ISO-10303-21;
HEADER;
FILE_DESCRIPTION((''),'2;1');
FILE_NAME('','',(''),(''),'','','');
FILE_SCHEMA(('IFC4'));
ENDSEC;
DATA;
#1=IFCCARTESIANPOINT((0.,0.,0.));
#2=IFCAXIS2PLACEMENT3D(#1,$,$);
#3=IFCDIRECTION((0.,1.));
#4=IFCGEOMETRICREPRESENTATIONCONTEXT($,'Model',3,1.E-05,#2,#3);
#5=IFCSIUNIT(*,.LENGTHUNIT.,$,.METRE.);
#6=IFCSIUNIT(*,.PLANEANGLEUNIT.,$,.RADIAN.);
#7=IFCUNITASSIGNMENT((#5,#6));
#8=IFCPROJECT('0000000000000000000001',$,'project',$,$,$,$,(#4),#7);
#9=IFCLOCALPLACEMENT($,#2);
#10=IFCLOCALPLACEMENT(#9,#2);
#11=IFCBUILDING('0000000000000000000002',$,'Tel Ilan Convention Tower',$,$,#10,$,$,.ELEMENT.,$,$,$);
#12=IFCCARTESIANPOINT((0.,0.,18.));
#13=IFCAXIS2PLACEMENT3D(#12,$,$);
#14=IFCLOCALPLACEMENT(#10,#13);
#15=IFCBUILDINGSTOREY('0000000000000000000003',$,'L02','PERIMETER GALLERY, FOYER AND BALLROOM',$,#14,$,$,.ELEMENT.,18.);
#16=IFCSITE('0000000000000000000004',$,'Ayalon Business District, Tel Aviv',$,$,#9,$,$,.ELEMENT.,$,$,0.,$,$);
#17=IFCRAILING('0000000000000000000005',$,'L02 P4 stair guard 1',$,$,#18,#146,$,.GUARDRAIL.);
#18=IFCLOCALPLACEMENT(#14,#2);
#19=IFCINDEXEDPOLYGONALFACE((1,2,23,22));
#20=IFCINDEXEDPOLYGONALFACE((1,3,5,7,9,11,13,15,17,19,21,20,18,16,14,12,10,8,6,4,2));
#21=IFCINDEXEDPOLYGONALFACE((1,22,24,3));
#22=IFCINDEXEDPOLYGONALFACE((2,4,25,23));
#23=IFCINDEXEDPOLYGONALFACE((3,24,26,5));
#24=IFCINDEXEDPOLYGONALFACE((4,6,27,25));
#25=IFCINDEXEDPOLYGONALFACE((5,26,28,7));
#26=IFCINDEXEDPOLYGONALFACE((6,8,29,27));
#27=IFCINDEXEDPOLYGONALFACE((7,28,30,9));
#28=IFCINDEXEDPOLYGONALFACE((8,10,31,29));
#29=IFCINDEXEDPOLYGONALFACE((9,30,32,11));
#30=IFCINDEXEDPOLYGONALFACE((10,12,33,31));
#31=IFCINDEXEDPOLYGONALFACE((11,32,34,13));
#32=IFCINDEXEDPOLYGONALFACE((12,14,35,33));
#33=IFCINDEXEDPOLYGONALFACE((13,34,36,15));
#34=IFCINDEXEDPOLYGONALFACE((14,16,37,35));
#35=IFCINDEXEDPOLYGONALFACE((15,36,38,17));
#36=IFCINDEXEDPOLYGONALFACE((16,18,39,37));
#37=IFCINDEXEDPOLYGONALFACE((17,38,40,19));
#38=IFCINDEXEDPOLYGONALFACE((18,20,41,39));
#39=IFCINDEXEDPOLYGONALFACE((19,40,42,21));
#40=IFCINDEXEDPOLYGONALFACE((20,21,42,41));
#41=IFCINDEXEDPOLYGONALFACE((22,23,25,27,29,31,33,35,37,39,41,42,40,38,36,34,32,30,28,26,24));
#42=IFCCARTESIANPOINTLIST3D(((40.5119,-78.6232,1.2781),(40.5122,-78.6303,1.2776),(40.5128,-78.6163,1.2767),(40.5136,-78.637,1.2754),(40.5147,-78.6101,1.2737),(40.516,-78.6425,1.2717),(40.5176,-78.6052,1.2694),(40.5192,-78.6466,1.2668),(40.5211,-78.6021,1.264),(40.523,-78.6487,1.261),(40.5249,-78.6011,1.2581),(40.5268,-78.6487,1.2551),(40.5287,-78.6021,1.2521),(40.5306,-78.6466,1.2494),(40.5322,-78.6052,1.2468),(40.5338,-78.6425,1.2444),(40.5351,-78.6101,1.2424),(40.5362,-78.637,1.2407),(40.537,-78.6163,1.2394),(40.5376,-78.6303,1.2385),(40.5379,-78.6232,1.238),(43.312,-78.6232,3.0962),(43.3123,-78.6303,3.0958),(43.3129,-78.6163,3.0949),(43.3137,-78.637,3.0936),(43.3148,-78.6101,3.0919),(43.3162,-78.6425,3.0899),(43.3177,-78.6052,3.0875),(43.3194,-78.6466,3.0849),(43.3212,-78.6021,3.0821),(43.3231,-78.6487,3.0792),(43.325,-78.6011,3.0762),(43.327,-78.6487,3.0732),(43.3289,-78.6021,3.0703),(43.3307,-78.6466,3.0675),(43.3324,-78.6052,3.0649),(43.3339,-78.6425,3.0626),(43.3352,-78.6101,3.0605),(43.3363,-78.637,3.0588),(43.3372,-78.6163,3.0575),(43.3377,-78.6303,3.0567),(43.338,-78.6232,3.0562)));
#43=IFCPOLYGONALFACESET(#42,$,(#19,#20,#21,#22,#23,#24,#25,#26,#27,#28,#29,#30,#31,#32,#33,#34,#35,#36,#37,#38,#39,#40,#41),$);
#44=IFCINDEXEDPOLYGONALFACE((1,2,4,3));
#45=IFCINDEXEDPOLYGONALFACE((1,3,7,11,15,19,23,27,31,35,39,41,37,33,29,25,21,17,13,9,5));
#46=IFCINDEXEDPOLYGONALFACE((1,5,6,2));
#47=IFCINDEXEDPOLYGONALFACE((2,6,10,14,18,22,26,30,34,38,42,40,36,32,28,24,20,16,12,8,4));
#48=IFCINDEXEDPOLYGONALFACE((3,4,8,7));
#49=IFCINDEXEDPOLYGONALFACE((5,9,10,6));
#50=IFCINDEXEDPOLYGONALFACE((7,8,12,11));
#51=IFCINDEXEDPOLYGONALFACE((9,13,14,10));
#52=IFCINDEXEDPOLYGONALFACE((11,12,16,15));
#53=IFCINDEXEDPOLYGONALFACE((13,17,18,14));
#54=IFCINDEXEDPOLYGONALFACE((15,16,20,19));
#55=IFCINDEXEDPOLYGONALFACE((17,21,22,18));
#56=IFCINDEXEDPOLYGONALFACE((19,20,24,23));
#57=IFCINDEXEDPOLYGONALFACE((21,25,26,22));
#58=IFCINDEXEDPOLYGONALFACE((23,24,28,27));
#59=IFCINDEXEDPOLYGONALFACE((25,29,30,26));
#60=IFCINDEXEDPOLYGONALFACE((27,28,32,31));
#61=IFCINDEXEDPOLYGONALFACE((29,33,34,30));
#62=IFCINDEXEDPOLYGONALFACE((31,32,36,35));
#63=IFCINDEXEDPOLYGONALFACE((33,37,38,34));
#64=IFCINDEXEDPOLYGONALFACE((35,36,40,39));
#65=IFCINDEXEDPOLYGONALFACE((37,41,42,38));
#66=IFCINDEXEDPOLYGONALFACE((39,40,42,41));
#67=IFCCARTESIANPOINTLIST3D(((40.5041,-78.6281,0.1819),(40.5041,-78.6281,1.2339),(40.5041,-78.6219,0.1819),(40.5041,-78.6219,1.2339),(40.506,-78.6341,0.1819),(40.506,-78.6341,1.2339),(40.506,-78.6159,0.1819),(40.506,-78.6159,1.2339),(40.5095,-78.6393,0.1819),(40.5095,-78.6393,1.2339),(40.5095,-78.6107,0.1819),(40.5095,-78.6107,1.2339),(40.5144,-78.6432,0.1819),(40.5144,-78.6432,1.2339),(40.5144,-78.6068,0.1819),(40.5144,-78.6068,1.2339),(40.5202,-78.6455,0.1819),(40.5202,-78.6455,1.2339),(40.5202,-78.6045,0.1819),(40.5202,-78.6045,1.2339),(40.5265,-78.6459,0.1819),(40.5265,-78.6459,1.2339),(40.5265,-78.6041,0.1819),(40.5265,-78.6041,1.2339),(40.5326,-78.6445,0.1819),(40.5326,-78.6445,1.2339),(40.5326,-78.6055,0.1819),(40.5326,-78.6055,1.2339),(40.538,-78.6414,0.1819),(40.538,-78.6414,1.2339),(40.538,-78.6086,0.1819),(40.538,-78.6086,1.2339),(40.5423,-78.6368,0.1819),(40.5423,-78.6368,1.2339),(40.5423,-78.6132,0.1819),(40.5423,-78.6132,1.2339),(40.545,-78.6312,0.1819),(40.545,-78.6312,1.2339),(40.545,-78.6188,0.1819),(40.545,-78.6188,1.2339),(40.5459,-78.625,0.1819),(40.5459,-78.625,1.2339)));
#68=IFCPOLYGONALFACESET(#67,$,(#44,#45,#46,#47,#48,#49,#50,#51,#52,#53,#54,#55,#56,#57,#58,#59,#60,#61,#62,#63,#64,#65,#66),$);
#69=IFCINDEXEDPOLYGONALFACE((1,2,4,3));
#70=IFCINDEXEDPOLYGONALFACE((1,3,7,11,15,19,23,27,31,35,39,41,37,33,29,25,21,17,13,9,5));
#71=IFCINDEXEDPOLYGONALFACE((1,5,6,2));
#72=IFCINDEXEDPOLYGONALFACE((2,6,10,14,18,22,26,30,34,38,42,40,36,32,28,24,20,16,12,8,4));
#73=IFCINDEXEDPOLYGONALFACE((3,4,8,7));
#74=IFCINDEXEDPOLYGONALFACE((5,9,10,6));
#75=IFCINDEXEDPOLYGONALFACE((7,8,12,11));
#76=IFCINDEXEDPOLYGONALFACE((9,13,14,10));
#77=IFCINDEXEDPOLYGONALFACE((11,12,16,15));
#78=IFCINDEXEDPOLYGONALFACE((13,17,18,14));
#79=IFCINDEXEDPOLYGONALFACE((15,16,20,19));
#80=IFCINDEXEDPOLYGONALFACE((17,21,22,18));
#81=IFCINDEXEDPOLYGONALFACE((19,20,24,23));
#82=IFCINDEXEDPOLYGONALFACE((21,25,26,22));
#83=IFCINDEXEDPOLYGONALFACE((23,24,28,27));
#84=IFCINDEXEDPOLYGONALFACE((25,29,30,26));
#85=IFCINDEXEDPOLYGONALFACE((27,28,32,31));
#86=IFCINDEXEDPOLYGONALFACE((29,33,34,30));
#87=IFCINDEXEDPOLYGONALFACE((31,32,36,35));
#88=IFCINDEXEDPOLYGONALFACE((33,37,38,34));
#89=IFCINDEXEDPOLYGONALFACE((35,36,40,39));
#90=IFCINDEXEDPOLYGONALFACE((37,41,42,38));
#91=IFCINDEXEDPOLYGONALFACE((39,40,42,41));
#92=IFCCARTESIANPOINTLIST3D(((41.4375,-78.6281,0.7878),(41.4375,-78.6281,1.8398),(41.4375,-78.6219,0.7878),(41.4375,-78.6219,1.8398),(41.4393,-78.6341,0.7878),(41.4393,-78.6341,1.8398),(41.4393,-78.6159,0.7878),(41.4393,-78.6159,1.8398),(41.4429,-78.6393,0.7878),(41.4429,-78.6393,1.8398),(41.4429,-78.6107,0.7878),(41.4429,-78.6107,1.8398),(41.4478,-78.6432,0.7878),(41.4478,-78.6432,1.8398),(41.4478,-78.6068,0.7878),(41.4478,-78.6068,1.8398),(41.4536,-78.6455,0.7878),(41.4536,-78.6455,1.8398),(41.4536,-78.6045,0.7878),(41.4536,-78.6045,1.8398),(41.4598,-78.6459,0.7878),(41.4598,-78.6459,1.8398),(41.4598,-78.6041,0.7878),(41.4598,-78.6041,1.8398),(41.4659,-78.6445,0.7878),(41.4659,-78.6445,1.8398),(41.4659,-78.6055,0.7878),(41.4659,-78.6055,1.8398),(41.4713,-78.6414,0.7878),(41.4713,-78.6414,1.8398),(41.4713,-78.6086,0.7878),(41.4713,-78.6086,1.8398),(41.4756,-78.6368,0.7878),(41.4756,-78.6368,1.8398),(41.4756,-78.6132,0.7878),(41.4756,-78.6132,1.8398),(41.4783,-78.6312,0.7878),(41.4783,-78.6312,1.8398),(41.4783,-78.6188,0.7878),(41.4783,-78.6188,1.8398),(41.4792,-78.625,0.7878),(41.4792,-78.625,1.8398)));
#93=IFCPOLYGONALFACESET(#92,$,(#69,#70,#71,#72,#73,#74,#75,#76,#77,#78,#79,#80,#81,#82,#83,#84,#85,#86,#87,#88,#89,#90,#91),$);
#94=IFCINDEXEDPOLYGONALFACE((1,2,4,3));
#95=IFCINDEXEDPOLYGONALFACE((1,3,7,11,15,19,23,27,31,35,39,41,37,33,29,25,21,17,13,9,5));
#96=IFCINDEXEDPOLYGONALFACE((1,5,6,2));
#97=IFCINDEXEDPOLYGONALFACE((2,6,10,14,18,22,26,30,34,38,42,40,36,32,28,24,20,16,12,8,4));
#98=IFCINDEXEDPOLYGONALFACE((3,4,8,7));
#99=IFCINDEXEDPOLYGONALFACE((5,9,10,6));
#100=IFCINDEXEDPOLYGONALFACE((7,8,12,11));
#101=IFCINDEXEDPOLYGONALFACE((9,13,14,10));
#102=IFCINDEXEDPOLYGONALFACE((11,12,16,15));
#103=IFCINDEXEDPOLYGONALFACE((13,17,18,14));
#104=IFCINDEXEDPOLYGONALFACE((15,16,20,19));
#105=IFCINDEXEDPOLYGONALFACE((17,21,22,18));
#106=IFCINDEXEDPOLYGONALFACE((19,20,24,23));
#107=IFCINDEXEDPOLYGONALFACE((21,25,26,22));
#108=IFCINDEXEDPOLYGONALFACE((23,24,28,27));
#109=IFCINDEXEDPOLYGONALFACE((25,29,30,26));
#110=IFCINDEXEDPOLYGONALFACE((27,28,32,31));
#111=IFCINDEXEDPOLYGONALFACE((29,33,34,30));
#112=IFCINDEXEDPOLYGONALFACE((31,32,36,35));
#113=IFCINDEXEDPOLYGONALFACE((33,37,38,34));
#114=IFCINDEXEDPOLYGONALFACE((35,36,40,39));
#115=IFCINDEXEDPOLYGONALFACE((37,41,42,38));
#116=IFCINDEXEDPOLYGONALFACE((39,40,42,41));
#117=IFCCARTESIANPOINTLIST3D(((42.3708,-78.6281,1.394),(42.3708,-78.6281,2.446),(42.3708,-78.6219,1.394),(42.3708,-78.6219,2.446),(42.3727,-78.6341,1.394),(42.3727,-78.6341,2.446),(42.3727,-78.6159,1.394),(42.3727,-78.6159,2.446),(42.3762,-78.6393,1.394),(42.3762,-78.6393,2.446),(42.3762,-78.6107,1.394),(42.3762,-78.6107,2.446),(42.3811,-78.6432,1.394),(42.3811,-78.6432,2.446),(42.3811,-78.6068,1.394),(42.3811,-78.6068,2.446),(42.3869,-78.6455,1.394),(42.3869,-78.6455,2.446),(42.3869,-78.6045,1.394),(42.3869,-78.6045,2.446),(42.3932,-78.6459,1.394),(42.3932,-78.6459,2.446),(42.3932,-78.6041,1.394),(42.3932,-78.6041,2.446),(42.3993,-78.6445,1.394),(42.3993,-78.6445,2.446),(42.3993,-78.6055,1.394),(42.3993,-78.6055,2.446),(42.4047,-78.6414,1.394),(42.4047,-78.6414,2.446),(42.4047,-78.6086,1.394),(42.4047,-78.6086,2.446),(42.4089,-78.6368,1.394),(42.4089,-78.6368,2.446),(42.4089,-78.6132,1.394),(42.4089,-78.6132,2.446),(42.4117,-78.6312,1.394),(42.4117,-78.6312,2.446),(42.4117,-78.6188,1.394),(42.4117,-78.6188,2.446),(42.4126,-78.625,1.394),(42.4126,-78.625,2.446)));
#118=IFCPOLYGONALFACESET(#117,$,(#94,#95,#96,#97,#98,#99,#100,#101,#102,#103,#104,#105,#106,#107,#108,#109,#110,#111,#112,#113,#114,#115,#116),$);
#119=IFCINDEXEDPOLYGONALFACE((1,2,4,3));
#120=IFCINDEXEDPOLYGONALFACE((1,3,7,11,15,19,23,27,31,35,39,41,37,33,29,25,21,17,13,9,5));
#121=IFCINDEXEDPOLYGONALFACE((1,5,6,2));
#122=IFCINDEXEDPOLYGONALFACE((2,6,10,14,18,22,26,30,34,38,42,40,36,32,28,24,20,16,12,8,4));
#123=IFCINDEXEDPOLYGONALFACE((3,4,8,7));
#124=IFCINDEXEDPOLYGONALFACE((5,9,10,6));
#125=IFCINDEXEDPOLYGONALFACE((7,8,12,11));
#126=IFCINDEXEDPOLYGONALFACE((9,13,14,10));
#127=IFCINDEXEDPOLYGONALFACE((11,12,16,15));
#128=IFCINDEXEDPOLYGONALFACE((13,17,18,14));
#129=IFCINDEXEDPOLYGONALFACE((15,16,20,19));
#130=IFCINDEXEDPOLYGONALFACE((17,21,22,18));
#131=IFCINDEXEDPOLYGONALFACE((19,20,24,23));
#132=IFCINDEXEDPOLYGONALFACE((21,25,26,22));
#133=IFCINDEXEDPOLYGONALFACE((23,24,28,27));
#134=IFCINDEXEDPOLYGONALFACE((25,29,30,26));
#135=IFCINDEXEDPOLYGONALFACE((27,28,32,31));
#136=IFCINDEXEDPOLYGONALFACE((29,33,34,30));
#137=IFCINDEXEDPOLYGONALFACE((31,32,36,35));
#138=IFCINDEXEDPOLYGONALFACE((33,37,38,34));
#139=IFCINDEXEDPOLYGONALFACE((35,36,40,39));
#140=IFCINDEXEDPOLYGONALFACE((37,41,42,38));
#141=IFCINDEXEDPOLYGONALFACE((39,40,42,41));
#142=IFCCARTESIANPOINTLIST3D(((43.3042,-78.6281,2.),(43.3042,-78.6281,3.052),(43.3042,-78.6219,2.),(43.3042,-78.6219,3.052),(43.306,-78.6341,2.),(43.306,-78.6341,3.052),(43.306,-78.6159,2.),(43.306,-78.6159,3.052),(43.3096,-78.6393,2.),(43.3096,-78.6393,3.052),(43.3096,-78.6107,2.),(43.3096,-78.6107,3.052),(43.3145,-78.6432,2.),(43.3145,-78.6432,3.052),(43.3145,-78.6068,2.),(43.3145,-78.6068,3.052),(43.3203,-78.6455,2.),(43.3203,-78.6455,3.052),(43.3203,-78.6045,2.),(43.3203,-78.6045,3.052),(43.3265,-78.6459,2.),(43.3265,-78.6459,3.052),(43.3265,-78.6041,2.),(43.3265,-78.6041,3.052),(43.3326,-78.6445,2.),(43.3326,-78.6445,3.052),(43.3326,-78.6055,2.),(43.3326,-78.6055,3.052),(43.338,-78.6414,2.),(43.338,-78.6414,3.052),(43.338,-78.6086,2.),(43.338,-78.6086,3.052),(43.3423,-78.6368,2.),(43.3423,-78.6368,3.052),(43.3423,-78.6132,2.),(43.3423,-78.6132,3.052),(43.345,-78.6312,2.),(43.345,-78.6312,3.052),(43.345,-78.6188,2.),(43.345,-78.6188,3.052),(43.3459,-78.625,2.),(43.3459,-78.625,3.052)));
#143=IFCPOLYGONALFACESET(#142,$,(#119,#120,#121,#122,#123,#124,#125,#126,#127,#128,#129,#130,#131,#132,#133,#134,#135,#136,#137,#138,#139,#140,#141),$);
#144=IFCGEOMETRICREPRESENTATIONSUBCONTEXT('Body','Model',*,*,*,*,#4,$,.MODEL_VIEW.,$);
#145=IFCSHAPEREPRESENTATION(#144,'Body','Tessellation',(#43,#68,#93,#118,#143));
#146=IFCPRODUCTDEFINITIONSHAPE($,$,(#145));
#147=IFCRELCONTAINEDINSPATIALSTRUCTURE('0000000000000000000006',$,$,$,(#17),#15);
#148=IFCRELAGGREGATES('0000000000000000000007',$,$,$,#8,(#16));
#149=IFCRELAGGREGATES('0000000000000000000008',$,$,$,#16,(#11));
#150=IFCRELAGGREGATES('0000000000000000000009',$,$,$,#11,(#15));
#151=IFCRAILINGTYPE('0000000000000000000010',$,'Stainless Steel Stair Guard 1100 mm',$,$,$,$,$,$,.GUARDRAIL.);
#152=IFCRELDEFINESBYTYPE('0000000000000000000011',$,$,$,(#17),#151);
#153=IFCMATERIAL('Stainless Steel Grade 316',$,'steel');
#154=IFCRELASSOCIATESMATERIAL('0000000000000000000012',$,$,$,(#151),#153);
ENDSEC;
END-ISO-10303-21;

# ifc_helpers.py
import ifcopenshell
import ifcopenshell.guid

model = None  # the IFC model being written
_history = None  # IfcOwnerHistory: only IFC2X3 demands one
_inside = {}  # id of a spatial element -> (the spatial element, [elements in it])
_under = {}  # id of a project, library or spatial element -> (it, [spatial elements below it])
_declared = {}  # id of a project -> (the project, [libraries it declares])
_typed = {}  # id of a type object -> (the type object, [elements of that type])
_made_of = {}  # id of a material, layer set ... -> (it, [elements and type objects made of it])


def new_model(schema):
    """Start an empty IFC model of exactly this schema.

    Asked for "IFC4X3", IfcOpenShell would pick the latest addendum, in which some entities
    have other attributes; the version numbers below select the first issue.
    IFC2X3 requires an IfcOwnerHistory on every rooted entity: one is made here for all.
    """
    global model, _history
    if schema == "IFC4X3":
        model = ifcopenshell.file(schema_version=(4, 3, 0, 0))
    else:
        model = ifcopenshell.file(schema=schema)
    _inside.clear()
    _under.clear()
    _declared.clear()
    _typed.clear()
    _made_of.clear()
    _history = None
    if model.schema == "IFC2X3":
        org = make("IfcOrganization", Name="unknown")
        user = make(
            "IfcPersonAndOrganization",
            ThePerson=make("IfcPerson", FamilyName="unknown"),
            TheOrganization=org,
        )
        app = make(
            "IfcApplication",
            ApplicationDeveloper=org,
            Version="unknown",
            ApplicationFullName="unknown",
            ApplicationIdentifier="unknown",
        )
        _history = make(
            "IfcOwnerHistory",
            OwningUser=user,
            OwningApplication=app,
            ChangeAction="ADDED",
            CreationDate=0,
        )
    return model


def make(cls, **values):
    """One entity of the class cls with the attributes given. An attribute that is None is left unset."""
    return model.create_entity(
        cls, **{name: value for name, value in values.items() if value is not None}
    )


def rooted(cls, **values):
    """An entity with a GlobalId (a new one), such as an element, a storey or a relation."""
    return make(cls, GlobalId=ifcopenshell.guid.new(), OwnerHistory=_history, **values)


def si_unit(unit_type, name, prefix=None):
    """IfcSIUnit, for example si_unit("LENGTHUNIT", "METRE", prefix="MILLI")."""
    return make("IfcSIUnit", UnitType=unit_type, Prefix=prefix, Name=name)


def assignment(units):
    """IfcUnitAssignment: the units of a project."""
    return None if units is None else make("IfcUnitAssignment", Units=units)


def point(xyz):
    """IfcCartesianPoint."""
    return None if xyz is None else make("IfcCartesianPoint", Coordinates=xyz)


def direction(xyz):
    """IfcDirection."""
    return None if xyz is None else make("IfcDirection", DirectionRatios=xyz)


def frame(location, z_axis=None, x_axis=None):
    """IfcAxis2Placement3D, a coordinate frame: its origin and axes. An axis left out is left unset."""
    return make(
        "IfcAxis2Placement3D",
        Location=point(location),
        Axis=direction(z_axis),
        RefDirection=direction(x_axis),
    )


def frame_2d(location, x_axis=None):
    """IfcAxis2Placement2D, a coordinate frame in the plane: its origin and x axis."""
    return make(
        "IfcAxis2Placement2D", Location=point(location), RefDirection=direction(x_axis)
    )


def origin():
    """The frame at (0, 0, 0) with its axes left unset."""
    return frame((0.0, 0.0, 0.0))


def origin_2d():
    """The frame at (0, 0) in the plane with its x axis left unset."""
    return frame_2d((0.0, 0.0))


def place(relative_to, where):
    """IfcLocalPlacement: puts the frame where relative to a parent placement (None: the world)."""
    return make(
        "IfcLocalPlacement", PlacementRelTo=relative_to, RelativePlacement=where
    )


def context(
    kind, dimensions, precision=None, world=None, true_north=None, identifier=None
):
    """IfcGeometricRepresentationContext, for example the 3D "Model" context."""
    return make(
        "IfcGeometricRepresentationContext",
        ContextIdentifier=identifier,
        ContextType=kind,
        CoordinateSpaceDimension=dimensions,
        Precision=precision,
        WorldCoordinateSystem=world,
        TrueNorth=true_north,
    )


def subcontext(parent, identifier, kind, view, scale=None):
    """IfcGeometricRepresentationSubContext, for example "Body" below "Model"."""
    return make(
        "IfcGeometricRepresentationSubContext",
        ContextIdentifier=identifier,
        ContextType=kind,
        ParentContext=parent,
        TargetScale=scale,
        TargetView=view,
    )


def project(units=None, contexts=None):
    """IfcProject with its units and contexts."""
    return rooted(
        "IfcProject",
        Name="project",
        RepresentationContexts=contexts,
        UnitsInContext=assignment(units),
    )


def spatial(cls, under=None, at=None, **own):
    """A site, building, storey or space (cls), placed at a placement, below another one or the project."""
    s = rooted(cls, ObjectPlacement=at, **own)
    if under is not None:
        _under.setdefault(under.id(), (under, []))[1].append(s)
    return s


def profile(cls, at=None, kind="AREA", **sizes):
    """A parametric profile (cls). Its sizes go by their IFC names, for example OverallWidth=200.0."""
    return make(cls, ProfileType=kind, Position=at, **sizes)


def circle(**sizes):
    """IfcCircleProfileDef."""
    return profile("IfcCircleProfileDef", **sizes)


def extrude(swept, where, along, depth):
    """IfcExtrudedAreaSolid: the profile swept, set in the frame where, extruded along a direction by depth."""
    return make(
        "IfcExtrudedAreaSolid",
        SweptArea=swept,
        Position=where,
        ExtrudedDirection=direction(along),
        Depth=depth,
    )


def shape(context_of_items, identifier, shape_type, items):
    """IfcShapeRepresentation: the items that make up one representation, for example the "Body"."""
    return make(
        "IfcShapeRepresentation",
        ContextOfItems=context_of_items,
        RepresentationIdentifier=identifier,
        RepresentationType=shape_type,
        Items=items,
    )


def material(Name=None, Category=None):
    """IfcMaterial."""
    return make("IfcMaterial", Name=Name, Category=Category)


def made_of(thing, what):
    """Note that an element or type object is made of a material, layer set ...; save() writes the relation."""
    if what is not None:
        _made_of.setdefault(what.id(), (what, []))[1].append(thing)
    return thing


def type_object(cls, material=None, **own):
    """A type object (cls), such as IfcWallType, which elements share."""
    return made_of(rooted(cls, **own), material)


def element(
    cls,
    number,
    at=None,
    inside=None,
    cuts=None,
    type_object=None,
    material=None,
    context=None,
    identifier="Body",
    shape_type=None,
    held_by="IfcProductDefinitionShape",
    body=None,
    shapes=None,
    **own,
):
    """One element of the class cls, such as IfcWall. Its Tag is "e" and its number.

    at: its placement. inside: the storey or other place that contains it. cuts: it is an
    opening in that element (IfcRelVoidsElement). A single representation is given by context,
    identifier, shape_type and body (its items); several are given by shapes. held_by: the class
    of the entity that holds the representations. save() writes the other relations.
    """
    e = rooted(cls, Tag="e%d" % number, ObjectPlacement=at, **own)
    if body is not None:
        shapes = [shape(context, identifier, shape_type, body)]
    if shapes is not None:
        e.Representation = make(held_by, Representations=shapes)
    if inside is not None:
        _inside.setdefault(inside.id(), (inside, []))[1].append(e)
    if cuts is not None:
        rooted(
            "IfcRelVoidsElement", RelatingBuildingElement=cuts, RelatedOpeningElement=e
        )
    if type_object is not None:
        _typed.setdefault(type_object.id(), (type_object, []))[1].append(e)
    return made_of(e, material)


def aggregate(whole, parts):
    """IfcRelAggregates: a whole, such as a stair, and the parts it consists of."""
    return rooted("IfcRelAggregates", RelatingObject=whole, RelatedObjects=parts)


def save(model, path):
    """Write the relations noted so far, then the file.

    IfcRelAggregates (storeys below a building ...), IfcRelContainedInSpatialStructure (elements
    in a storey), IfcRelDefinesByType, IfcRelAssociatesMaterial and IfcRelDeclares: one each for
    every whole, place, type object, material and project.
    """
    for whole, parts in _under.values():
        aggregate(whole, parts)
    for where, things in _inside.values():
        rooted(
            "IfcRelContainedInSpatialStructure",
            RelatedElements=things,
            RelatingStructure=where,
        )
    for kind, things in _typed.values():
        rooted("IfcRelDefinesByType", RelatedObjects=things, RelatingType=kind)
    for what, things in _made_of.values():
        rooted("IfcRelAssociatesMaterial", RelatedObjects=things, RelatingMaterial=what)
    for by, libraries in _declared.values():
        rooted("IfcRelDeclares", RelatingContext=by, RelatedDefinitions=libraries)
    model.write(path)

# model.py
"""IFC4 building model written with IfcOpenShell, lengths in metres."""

from ifc_helpers import new_model, si_unit, direction, frame, origin, origin_2d, place, context, subcontext, project, spatial, circle, extrude, material, type_object, element, save


model = new_model("IFC4")

# Units and contexts
model_context = context("Model", 3, precision=1e-05, world=origin(), true_north=direction((0.0, 1.0)))
body_context = subcontext(model_context, "Body", "Model", "MODEL_VIEW")
ifc_project = project(units=[si_unit("LENGTHUNIT", "METRE"), si_unit("PLANEANGLEUNIT", "RADIAN")], contexts=[model_context])

# Site, building, storey
site_placement = place(None, origin())
site = spatial("IfcSite", under=ifc_project, at=site_placement, Name="Ayalon Business District, Tel Aviv", CompositionType="ELEMENT", RefElevation=0.0)
building_placement = place(site_placement, origin())
building = spatial("IfcBuilding", under=site, at=building_placement, Name="Tel Ilan Convention Tower", CompositionType="ELEMENT")
storey_placement = place(building_placement, frame((0.0, 0.0, 18.0)))
storey = spatial("IfcBuildingStorey", under=building, at=storey_placement, Name="L02", Description="PERIMETER GALLERY, FOYER AND BALLROOM", CompositionType="ELEMENT", Elevation=18.0)

# Railing
ifc_material_1 = material(Name="Stainless Steel Grade 316", Category="steel")
railing_type_1 = type_object("IfcRailingType", Name="Stainless Steel Stair Guard 1100 mm", PredefinedType="GUARDRAIL", material=ifc_material_1)
railing_1_placement = place(storey_placement, frame((40.5249, -78.625, 0.1819)))
element("IfcRailing", 1, at=railing_1_placement, inside=storey, type_object=railing_type_1, Name="L02 P4 stair guard 1", PredefinedType="GUARDRAIL", context=body_context, shape_type="SweptSolid", body=[
    extrude(circle(Radius=0.0239, at=origin_2d()), frame((0.0, 0.0, 1.0762), z_axis=(0.838706, 0.0, 0.544585), x_axis=(0.0, 1.0, 0.0)), (0.0, 0.0, 1.0), 3.3386),
    extrude(circle(Radius=0.021, at=origin_2d()), origin(), (0.0, 0.0, 1.0), 1.052),
    extrude(circle(Radius=0.021, at=origin_2d()), frame((0.9333, 0.0, 0.606)), (0.0, 0.0, 1.0), 1.052),
    extrude(circle(Radius=0.021, at=origin_2d()), frame((1.8667, 0.0, 1.2122)), (0.0, 0.0, 1.0), 1.052),
    extrude(circle(Radius=0.021, at=origin_2d()), frame((2.8, 0.0, 1.8181)), (0.0, 0.0, 1.0), 1.052),
])

save(model, "model.ifc")
